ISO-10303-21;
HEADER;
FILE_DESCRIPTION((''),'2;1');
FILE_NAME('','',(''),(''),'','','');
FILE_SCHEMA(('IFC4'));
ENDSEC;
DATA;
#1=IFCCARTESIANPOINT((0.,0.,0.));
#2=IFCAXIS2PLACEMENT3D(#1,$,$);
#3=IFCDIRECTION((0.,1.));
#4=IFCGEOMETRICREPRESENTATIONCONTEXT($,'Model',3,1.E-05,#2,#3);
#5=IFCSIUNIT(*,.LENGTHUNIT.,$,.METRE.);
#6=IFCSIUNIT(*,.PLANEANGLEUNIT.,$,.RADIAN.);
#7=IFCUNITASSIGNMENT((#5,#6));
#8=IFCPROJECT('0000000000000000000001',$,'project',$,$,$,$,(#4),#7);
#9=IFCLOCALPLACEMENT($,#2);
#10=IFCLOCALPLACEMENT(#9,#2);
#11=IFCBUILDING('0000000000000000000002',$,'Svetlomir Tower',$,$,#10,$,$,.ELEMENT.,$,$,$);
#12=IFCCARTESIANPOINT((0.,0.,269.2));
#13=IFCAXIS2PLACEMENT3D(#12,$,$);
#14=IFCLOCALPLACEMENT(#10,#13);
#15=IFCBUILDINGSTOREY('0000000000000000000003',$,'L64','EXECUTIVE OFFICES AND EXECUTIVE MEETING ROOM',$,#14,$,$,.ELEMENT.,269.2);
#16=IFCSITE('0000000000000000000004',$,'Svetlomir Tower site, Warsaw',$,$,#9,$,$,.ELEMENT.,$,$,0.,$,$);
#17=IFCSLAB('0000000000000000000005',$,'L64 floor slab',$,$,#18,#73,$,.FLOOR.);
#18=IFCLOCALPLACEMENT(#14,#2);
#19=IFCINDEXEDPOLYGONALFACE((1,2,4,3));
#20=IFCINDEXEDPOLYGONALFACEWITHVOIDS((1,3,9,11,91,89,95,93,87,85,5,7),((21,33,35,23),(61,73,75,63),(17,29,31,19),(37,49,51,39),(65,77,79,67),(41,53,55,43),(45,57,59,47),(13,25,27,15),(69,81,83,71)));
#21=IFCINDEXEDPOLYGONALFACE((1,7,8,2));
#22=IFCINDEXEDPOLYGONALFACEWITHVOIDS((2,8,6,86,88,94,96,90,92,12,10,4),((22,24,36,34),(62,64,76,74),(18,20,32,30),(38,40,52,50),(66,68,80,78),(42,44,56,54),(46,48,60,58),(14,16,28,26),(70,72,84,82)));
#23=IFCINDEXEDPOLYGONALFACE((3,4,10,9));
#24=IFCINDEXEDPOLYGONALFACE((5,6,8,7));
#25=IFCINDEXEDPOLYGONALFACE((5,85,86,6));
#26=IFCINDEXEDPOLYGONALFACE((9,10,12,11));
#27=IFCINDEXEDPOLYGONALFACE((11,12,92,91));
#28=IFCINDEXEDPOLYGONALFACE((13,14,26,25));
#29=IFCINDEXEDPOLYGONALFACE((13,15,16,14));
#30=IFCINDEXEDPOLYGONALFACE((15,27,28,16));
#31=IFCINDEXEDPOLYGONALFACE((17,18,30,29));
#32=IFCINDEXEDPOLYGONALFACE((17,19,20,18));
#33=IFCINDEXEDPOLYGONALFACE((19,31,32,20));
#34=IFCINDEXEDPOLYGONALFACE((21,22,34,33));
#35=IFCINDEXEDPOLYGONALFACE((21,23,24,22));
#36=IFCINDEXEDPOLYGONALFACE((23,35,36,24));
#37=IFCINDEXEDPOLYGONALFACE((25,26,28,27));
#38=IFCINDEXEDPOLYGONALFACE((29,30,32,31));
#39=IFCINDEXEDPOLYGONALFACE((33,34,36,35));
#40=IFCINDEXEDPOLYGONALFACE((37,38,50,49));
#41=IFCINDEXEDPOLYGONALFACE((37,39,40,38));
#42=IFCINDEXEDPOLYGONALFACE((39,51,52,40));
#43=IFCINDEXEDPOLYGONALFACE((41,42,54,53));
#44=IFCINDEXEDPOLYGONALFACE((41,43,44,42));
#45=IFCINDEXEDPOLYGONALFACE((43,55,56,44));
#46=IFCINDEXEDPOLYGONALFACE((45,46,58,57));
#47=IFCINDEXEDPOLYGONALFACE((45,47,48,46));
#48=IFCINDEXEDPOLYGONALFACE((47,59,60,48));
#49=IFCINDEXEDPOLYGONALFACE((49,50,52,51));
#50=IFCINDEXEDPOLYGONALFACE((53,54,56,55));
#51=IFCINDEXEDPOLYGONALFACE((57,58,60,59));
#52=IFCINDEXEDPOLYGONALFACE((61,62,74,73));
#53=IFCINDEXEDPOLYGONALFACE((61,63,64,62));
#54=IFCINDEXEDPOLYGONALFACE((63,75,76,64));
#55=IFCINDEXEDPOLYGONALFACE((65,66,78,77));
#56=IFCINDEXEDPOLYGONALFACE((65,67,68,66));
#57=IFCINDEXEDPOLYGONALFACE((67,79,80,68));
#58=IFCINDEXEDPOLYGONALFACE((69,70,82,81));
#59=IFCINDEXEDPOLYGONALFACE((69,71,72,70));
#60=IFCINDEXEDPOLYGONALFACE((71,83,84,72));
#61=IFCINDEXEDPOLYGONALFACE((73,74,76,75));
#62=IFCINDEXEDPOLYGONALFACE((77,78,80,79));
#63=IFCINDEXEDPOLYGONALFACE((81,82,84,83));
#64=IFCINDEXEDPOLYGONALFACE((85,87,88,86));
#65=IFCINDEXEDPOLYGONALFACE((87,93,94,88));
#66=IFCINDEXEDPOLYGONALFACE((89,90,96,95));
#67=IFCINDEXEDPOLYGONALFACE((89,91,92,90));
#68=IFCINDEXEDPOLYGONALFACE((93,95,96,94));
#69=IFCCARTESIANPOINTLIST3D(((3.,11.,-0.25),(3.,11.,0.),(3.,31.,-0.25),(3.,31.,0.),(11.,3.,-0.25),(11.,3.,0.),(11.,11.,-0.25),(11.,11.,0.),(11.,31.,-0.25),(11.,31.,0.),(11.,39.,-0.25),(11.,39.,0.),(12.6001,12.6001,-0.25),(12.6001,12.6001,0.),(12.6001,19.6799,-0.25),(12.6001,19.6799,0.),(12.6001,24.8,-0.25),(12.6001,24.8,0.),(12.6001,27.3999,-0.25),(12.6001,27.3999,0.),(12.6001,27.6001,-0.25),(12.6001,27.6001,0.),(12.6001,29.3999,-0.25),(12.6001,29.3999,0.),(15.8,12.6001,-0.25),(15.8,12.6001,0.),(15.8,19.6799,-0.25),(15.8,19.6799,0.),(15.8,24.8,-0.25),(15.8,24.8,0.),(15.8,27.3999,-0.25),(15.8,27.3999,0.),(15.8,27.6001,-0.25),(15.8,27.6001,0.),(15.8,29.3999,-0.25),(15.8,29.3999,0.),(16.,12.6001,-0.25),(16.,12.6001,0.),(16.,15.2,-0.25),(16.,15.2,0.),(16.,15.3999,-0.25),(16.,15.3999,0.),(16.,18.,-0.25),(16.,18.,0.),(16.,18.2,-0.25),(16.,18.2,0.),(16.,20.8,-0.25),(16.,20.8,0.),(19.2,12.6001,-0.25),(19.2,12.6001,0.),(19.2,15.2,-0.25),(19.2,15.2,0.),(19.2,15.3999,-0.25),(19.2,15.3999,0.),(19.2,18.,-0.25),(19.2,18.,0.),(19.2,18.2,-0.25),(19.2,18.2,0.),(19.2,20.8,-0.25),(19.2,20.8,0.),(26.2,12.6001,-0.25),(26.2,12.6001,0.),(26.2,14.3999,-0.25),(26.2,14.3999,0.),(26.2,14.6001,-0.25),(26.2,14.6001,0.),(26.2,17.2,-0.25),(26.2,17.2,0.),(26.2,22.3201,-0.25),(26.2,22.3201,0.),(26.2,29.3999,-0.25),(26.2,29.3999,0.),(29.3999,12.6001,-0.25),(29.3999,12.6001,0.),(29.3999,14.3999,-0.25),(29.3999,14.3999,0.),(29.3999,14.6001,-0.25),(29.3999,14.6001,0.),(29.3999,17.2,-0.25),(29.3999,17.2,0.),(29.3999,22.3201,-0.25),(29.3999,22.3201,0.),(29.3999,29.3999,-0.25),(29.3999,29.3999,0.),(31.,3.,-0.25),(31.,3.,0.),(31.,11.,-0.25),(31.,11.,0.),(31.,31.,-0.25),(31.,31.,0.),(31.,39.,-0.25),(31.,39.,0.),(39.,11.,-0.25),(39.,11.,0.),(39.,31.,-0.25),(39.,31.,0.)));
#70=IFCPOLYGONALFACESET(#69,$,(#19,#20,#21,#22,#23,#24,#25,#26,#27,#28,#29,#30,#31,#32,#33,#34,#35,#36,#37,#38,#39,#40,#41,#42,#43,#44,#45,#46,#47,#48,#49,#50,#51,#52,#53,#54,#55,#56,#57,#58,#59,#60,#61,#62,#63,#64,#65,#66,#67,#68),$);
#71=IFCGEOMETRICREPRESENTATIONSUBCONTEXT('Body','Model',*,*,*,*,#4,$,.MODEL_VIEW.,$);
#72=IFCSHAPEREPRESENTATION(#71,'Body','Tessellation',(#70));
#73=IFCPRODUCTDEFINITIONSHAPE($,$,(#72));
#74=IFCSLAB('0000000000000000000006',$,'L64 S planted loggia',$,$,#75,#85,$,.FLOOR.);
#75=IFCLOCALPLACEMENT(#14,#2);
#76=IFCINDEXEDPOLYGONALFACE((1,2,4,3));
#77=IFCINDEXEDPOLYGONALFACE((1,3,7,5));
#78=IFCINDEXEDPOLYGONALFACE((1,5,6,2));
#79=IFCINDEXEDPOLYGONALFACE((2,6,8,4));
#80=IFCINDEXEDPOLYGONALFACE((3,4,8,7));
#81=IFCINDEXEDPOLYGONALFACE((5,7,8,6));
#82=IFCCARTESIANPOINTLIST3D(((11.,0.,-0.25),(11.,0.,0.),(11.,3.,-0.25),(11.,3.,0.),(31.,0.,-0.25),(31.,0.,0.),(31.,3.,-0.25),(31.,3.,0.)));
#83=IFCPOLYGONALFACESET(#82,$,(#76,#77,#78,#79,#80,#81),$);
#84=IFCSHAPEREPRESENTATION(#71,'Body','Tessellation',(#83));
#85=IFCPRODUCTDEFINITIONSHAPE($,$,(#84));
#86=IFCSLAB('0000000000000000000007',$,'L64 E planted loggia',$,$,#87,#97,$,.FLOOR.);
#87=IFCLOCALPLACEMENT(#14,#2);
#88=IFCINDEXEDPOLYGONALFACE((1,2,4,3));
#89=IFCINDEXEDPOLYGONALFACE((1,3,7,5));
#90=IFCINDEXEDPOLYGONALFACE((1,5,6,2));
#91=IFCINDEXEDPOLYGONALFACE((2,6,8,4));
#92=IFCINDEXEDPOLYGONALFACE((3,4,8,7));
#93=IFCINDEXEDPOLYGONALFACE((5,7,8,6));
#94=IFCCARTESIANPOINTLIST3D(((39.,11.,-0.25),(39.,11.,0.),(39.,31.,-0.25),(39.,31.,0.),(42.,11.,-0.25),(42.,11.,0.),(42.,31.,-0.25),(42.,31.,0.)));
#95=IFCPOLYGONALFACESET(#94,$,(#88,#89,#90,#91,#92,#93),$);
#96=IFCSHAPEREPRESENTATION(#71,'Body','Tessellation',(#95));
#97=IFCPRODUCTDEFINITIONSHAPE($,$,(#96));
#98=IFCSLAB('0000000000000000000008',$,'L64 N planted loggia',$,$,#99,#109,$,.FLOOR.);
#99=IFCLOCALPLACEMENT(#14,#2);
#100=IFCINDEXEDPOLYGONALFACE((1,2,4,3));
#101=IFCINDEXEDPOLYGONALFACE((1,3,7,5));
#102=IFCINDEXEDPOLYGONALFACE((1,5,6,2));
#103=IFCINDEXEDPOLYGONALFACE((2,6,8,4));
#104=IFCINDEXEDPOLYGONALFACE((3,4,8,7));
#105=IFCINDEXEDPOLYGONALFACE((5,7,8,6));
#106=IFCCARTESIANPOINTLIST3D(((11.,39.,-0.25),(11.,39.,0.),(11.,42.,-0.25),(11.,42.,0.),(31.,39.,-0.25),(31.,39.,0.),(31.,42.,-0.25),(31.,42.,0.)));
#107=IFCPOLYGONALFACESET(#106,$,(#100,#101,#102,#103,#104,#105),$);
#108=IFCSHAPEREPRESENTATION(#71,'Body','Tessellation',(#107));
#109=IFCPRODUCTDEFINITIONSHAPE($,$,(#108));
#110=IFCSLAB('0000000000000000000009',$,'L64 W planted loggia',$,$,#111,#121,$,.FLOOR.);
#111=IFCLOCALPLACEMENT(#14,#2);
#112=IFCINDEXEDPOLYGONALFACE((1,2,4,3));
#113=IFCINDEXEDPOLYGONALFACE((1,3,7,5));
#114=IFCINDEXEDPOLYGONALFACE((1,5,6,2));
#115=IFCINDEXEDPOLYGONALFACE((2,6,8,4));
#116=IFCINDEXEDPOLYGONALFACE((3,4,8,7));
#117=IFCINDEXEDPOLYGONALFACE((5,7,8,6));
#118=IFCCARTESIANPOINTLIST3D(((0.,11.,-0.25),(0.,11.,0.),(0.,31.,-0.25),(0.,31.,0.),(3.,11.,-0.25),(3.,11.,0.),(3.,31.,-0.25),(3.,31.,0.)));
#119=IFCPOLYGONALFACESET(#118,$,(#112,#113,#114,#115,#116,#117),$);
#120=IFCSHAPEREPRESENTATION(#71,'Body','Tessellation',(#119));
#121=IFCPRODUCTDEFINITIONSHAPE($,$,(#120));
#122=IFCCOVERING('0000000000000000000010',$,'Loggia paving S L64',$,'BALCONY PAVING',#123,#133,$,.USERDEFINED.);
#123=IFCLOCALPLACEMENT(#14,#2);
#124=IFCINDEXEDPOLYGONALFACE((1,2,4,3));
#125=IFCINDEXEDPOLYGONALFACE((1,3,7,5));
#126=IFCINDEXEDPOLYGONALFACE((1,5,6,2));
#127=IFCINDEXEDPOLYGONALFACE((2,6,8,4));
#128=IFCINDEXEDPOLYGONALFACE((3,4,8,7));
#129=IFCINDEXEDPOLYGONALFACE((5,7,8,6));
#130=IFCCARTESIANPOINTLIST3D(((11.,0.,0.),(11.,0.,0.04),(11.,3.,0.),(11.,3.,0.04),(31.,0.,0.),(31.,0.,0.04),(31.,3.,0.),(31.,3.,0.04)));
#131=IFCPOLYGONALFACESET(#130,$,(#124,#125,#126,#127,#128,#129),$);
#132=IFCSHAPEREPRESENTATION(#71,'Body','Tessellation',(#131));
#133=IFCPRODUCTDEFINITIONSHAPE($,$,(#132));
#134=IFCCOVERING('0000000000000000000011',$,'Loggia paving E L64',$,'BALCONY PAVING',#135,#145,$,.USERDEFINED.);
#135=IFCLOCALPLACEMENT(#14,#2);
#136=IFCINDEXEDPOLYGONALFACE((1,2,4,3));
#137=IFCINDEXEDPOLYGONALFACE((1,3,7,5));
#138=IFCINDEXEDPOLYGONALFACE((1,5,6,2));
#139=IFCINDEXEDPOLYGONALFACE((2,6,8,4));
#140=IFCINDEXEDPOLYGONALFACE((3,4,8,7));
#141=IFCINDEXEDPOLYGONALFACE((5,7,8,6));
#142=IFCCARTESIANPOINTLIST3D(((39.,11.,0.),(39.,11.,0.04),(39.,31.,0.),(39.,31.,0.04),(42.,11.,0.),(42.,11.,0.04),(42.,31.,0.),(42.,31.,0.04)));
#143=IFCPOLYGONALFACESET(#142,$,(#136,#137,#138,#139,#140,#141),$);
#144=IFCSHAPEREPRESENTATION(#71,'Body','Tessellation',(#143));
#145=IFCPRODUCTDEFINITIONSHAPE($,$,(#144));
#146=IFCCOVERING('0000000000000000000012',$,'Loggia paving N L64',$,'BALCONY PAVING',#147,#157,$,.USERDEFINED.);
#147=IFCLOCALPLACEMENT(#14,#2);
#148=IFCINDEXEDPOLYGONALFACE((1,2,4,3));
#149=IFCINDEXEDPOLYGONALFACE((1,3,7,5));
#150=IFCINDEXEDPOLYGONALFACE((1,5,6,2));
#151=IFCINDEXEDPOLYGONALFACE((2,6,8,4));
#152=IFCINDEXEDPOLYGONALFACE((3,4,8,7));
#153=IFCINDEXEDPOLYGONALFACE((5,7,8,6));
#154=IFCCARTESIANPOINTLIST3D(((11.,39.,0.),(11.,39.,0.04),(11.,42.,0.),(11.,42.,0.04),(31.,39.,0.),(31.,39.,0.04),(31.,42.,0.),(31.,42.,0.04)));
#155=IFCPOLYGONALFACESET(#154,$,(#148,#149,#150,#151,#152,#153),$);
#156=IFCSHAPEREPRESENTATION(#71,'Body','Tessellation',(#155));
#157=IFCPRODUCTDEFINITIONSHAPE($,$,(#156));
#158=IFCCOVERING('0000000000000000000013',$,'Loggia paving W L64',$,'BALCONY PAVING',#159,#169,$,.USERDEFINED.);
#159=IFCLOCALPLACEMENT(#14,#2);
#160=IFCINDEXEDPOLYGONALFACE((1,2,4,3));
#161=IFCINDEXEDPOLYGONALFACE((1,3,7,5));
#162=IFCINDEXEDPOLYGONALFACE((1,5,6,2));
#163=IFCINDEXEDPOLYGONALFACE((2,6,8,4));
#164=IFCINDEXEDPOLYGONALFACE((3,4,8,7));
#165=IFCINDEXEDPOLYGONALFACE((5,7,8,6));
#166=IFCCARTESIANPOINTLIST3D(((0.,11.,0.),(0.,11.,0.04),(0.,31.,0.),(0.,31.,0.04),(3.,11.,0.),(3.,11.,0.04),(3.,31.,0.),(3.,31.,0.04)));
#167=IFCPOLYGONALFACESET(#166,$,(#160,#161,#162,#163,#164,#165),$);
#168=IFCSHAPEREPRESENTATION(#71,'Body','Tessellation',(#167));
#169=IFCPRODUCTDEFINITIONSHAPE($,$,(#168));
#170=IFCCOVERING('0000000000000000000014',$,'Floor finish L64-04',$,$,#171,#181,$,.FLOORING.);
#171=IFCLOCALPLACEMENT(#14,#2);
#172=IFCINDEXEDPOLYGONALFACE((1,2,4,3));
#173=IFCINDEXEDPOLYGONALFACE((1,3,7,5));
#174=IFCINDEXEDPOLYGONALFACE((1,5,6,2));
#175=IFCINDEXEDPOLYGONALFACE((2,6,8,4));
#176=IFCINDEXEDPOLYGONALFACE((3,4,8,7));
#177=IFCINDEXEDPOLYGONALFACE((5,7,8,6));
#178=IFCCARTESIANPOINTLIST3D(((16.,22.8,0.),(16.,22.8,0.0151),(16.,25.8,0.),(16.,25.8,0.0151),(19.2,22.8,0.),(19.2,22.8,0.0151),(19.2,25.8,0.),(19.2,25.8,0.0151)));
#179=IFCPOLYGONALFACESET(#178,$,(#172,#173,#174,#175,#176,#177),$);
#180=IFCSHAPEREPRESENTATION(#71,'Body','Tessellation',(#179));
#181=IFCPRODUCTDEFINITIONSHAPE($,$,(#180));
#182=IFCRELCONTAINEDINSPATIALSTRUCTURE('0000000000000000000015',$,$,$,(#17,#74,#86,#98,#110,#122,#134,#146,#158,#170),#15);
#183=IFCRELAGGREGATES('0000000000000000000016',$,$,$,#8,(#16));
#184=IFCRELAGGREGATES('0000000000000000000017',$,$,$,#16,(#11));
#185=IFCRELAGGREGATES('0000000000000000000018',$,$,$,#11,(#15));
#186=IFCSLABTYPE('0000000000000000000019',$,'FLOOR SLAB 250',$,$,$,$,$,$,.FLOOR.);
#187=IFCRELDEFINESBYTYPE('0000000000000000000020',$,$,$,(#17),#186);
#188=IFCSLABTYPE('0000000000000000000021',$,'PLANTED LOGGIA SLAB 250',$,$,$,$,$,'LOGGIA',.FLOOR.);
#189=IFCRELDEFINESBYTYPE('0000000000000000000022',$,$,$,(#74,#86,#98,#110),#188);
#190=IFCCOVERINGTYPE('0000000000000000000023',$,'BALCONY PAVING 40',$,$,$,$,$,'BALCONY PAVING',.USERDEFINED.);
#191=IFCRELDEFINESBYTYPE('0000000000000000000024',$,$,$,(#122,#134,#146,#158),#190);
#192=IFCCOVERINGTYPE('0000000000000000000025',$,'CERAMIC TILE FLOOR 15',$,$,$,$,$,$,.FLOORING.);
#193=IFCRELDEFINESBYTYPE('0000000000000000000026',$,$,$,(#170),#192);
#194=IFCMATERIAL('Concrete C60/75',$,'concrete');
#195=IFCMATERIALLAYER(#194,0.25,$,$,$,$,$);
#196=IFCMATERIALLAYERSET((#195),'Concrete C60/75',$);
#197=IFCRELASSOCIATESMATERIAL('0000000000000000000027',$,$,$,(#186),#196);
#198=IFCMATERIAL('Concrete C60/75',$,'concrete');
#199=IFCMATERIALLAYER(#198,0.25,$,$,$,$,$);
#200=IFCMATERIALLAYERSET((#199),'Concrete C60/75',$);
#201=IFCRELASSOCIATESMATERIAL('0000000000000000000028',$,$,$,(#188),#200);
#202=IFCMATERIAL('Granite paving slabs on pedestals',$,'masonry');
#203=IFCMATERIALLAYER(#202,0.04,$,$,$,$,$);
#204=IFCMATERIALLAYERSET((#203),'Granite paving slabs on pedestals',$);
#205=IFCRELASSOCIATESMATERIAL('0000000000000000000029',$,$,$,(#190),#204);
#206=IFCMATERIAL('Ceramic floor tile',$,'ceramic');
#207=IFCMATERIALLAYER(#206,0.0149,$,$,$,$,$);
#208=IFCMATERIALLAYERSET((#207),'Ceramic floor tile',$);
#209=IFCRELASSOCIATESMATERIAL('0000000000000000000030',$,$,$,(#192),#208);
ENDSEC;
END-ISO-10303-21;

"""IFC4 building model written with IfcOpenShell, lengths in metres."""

from ifc_helpers import new_model, si_unit, direction, frame, origin, place, context, subcontext, project, spatial, polyline, outline, extrude, material, layer, layer_set, type_object, element, save


model = new_model("IFC4")

# Units and contexts
model_context = context("Model", 3, precision=1e-05, world=origin(), true_north=direction((0.0, 1.0)))
body_context = subcontext(model_context, "Body", "Model", "MODEL_VIEW")
ifc_project = project(units=[si_unit("LENGTHUNIT", "METRE"), si_unit("PLANEANGLEUNIT", "RADIAN")], contexts=[model_context])

# Site, building, storey
site_placement = place(None, origin())
site = spatial("IfcSite", under=ifc_project, at=site_placement, Name="Svetlomir Tower site, Warsaw", CompositionType="ELEMENT", RefElevation=0.0)
building_placement = place(site_placement, origin())
building = spatial("IfcBuilding", under=site, at=building_placement, Name="Svetlomir Tower", CompositionType="ELEMENT")
storey_placement = place(building_placement, frame((0.0, 0.0, 269.2)))
storey = spatial("IfcBuildingStorey", under=building, at=storey_placement, Name="L64", Description="EXECUTIVE OFFICES AND EXECUTIVE MEETING ROOM", CompositionType="ELEMENT", Elevation=269.2)

# Slabs
ifc_material_1 = material(Name="Concrete C60/75", Category="concrete")
ifc_layer_1 = layer(ifc_material_1, 0.25)
ifc_layer_set_1 = layer_set([ifc_layer_1], Name="Concrete C60/75")
slab_type_1 = type_object("IfcSlabType", Name="FLOOR SLAB 250", PredefinedType="FLOOR", material=ifc_layer_set_1)
slab_1_placement = place(storey_placement, frame((0.0, 0.0, -0.25)))
element("IfcSlab", 1, at=slab_1_placement, inside=storey, type_object=slab_type_1, Name="L64 floor slab", PredefinedType="FLOOR", context=body_context, shape_type="SweptSolid", body=[
    extrude(outline(polyline([(11.0, 3.0), (31.0, 3.0), (31.0, 11.0), (39.0, 11.0), (39.0, 31.0), (31.0, 31.0), (31.0, 39.0), (11.0, 39.0), (11.0, 31.0), (3.0, 31.0), (3.0, 11.0), (11.0, 11.0), (11.0, 3.0)]), holes=[polyline([(12.6001, 24.8), (15.8, 24.8), (15.8, 27.3999), (12.6001, 27.3999), (12.6001, 24.8)]), polyline([(26.2, 14.6001), (29.3999, 14.6001), (29.3999, 17.2), (26.2, 17.2), (26.2, 14.6001)]), polyline([(16.0, 12.6001), (19.2, 12.6001), (19.2, 15.2), (16.0, 15.2), (16.0, 12.6001)]), polyline([(16.0, 15.3999), (19.2, 15.3999), (19.2, 18.0), (16.0, 18.0), (16.0, 15.3999)]), polyline([(16.0, 18.2), (19.2, 18.2), (19.2, 20.8), (16.0, 20.8), (16.0, 18.2)]), polyline([(12.6001, 27.6001), (15.8, 27.6001), (15.8, 29.3999), (12.6001, 29.3999), (12.6001, 27.6001)]), polyline([(26.2, 12.6001), (29.3999, 12.6001), (29.3999, 14.3999), (26.2, 14.3999), (26.2, 12.6001)]), polyline([(12.6001, 12.6001), (15.8, 12.6001), (15.8, 19.6799), (12.6001, 19.6799), (12.6001, 12.6001)]), polyline([(26.2, 22.3201), (29.3999, 22.3201), (29.3999, 29.3999), (26.2, 29.3999), (26.2, 22.3201)])]), origin(), (0.0, 0.0, 1.0), 0.25),
])
ifc_material_2 = material(Name="Concrete C60/75", Category="concrete")
ifc_layer_2 = layer(ifc_material_2, 0.25)
ifc_layer_set_2 = layer_set([ifc_layer_2], Name="Concrete C60/75")
slab_type_2 = type_object("IfcSlabType", Name="PLANTED LOGGIA SLAB 250", ElementType="LOGGIA", PredefinedType="FLOOR", material=ifc_layer_set_2)
slab_2_placement = place(storey_placement, frame((0.0, 0.0, -0.25)))
element("IfcSlab", 2, at=slab_2_placement, inside=storey, type_object=slab_type_2, Name="L64 S planted loggia", PredefinedType="FLOOR", context=body_context, shape_type="SweptSolid", body=[
    extrude(outline(polyline([(11.0, 0.0), (31.0, 0.0), (31.0, 3.0), (11.0, 3.0), (11.0, 0.0)])), origin(), (0.0, 0.0, 1.0), 0.25),
])
slab_3_placement = place(storey_placement, frame((0.0, 0.0, -0.25)))
element("IfcSlab", 3, at=slab_3_placement, inside=storey, type_object=slab_type_2, Name="L64 E planted loggia", PredefinedType="FLOOR", context=body_context, shape_type="SweptSolid", body=[
    extrude(outline(polyline([(39.0, 11.0), (42.0, 11.0), (42.0, 31.0), (39.0, 31.0), (39.0, 11.0)])), origin(), (0.0, 0.0, 1.0), 0.25),
])
slab_4_placement = place(storey_placement, frame((0.0, 0.0, -0.25)))
element("IfcSlab", 4, at=slab_4_placement, inside=storey, type_object=slab_type_2, Name="L64 N planted loggia", PredefinedType="FLOOR", context=body_context, shape_type="SweptSolid", body=[
    extrude(outline(polyline([(11.0, 39.0), (31.0, 39.0), (31.0, 42.0), (11.0, 42.0), (11.0, 39.0)])), origin(), (0.0, 0.0, 1.0), 0.25),
])
slab_5_placement = place(storey_placement, frame((0.0, 0.0, -0.25)))
element("IfcSlab", 5, at=slab_5_placement, inside=storey, type_object=slab_type_2, Name="L64 W planted loggia", PredefinedType="FLOOR", context=body_context, shape_type="SweptSolid", body=[
    extrude(outline(polyline([(0.0, 11.0), (3.0, 11.0), (3.0, 31.0), (0.0, 31.0), (0.0, 11.0)])), origin(), (0.0, 0.0, 1.0), 0.25),
])

# Coverings
ifc_material_3 = material(Name="Granite paving slabs on pedestals", Category="masonry")
ifc_layer_3 = layer(ifc_material_3, 0.04)
ifc_layer_set_3 = layer_set([ifc_layer_3], Name="Granite paving slabs on pedestals")
covering_type_1 = type_object("IfcCoveringType", Name="BALCONY PAVING 40", ElementType="BALCONY PAVING", PredefinedType="USERDEFINED", material=ifc_layer_set_3)
covering_1_placement = place(storey_placement, origin())
element("IfcCovering", 6, at=covering_1_placement, inside=storey, type_object=covering_type_1, Name="Loggia paving S L64", ObjectType="BALCONY PAVING", PredefinedType="USERDEFINED", context=body_context, shape_type="SweptSolid", body=[
    extrude(outline(polyline([(11.0, 0.0), (31.0, 0.0), (31.0, 3.0), (11.0, 3.0), (11.0, 0.0)])), origin(), (0.0, 0.0, 1.0), 0.04),
])
covering_2_placement = place(storey_placement, origin())
element("IfcCovering", 7, at=covering_2_placement, inside=storey, type_object=covering_type_1, Name="Loggia paving E L64", ObjectType="BALCONY PAVING", PredefinedType="USERDEFINED", context=body_context, shape_type="SweptSolid", body=[
    extrude(outline(polyline([(39.0, 11.0), (42.0, 11.0), (42.0, 31.0), (39.0, 31.0), (39.0, 11.0)])), origin(), (0.0, 0.0, 1.0), 0.04),
])
covering_3_placement = place(storey_placement, origin())
element("IfcCovering", 8, at=covering_3_placement, inside=storey, type_object=covering_type_1, Name="Loggia paving N L64", ObjectType="BALCONY PAVING", PredefinedType="USERDEFINED", context=body_context, shape_type="SweptSolid", body=[
    extrude(outline(polyline([(11.0, 39.0), (31.0, 39.0), (31.0, 42.0), (11.0, 42.0), (11.0, 39.0)])), origin(), (0.0, 0.0, 1.0), 0.04),
])
covering_4_placement = place(storey_placement, origin())
element("IfcCovering", 9, at=covering_4_placement, inside=storey, type_object=covering_type_1, Name="Loggia paving W L64", ObjectType="BALCONY PAVING", PredefinedType="USERDEFINED", context=body_context, shape_type="SweptSolid", body=[
    extrude(outline(polyline([(0.0, 11.0), (3.0, 11.0), (3.0, 31.0), (0.0, 31.0), (0.0, 11.0)])), origin(), (0.0, 0.0, 1.0), 0.04),
])
ifc_material_4 = material(Name="Ceramic floor tile", Category="ceramic")
ifc_layer_4 = layer(ifc_material_4, 0.0149)
ifc_layer_set_4 = layer_set([ifc_layer_4], Name="Ceramic floor tile")
covering_type_2 = type_object("IfcCoveringType", Name="CERAMIC TILE FLOOR 15", PredefinedType="FLOORING", material=ifc_layer_set_4)
covering_5_placement = place(storey_placement, origin())
element("IfcCovering", 10, at=covering_5_placement, inside=storey, type_object=covering_type_2, Name="Floor finish L64-04", PredefinedType="FLOORING", context=body_context, shape_type="SweptSolid", body=[
    extrude(outline(polyline([(16.0, 22.8), (19.2, 22.8), (19.2, 25.8), (16.0, 25.8), (16.0, 22.8)])), origin(), (0.0, 0.0, 1.0), 0.0151),
])

save(model, "model.ifc")
